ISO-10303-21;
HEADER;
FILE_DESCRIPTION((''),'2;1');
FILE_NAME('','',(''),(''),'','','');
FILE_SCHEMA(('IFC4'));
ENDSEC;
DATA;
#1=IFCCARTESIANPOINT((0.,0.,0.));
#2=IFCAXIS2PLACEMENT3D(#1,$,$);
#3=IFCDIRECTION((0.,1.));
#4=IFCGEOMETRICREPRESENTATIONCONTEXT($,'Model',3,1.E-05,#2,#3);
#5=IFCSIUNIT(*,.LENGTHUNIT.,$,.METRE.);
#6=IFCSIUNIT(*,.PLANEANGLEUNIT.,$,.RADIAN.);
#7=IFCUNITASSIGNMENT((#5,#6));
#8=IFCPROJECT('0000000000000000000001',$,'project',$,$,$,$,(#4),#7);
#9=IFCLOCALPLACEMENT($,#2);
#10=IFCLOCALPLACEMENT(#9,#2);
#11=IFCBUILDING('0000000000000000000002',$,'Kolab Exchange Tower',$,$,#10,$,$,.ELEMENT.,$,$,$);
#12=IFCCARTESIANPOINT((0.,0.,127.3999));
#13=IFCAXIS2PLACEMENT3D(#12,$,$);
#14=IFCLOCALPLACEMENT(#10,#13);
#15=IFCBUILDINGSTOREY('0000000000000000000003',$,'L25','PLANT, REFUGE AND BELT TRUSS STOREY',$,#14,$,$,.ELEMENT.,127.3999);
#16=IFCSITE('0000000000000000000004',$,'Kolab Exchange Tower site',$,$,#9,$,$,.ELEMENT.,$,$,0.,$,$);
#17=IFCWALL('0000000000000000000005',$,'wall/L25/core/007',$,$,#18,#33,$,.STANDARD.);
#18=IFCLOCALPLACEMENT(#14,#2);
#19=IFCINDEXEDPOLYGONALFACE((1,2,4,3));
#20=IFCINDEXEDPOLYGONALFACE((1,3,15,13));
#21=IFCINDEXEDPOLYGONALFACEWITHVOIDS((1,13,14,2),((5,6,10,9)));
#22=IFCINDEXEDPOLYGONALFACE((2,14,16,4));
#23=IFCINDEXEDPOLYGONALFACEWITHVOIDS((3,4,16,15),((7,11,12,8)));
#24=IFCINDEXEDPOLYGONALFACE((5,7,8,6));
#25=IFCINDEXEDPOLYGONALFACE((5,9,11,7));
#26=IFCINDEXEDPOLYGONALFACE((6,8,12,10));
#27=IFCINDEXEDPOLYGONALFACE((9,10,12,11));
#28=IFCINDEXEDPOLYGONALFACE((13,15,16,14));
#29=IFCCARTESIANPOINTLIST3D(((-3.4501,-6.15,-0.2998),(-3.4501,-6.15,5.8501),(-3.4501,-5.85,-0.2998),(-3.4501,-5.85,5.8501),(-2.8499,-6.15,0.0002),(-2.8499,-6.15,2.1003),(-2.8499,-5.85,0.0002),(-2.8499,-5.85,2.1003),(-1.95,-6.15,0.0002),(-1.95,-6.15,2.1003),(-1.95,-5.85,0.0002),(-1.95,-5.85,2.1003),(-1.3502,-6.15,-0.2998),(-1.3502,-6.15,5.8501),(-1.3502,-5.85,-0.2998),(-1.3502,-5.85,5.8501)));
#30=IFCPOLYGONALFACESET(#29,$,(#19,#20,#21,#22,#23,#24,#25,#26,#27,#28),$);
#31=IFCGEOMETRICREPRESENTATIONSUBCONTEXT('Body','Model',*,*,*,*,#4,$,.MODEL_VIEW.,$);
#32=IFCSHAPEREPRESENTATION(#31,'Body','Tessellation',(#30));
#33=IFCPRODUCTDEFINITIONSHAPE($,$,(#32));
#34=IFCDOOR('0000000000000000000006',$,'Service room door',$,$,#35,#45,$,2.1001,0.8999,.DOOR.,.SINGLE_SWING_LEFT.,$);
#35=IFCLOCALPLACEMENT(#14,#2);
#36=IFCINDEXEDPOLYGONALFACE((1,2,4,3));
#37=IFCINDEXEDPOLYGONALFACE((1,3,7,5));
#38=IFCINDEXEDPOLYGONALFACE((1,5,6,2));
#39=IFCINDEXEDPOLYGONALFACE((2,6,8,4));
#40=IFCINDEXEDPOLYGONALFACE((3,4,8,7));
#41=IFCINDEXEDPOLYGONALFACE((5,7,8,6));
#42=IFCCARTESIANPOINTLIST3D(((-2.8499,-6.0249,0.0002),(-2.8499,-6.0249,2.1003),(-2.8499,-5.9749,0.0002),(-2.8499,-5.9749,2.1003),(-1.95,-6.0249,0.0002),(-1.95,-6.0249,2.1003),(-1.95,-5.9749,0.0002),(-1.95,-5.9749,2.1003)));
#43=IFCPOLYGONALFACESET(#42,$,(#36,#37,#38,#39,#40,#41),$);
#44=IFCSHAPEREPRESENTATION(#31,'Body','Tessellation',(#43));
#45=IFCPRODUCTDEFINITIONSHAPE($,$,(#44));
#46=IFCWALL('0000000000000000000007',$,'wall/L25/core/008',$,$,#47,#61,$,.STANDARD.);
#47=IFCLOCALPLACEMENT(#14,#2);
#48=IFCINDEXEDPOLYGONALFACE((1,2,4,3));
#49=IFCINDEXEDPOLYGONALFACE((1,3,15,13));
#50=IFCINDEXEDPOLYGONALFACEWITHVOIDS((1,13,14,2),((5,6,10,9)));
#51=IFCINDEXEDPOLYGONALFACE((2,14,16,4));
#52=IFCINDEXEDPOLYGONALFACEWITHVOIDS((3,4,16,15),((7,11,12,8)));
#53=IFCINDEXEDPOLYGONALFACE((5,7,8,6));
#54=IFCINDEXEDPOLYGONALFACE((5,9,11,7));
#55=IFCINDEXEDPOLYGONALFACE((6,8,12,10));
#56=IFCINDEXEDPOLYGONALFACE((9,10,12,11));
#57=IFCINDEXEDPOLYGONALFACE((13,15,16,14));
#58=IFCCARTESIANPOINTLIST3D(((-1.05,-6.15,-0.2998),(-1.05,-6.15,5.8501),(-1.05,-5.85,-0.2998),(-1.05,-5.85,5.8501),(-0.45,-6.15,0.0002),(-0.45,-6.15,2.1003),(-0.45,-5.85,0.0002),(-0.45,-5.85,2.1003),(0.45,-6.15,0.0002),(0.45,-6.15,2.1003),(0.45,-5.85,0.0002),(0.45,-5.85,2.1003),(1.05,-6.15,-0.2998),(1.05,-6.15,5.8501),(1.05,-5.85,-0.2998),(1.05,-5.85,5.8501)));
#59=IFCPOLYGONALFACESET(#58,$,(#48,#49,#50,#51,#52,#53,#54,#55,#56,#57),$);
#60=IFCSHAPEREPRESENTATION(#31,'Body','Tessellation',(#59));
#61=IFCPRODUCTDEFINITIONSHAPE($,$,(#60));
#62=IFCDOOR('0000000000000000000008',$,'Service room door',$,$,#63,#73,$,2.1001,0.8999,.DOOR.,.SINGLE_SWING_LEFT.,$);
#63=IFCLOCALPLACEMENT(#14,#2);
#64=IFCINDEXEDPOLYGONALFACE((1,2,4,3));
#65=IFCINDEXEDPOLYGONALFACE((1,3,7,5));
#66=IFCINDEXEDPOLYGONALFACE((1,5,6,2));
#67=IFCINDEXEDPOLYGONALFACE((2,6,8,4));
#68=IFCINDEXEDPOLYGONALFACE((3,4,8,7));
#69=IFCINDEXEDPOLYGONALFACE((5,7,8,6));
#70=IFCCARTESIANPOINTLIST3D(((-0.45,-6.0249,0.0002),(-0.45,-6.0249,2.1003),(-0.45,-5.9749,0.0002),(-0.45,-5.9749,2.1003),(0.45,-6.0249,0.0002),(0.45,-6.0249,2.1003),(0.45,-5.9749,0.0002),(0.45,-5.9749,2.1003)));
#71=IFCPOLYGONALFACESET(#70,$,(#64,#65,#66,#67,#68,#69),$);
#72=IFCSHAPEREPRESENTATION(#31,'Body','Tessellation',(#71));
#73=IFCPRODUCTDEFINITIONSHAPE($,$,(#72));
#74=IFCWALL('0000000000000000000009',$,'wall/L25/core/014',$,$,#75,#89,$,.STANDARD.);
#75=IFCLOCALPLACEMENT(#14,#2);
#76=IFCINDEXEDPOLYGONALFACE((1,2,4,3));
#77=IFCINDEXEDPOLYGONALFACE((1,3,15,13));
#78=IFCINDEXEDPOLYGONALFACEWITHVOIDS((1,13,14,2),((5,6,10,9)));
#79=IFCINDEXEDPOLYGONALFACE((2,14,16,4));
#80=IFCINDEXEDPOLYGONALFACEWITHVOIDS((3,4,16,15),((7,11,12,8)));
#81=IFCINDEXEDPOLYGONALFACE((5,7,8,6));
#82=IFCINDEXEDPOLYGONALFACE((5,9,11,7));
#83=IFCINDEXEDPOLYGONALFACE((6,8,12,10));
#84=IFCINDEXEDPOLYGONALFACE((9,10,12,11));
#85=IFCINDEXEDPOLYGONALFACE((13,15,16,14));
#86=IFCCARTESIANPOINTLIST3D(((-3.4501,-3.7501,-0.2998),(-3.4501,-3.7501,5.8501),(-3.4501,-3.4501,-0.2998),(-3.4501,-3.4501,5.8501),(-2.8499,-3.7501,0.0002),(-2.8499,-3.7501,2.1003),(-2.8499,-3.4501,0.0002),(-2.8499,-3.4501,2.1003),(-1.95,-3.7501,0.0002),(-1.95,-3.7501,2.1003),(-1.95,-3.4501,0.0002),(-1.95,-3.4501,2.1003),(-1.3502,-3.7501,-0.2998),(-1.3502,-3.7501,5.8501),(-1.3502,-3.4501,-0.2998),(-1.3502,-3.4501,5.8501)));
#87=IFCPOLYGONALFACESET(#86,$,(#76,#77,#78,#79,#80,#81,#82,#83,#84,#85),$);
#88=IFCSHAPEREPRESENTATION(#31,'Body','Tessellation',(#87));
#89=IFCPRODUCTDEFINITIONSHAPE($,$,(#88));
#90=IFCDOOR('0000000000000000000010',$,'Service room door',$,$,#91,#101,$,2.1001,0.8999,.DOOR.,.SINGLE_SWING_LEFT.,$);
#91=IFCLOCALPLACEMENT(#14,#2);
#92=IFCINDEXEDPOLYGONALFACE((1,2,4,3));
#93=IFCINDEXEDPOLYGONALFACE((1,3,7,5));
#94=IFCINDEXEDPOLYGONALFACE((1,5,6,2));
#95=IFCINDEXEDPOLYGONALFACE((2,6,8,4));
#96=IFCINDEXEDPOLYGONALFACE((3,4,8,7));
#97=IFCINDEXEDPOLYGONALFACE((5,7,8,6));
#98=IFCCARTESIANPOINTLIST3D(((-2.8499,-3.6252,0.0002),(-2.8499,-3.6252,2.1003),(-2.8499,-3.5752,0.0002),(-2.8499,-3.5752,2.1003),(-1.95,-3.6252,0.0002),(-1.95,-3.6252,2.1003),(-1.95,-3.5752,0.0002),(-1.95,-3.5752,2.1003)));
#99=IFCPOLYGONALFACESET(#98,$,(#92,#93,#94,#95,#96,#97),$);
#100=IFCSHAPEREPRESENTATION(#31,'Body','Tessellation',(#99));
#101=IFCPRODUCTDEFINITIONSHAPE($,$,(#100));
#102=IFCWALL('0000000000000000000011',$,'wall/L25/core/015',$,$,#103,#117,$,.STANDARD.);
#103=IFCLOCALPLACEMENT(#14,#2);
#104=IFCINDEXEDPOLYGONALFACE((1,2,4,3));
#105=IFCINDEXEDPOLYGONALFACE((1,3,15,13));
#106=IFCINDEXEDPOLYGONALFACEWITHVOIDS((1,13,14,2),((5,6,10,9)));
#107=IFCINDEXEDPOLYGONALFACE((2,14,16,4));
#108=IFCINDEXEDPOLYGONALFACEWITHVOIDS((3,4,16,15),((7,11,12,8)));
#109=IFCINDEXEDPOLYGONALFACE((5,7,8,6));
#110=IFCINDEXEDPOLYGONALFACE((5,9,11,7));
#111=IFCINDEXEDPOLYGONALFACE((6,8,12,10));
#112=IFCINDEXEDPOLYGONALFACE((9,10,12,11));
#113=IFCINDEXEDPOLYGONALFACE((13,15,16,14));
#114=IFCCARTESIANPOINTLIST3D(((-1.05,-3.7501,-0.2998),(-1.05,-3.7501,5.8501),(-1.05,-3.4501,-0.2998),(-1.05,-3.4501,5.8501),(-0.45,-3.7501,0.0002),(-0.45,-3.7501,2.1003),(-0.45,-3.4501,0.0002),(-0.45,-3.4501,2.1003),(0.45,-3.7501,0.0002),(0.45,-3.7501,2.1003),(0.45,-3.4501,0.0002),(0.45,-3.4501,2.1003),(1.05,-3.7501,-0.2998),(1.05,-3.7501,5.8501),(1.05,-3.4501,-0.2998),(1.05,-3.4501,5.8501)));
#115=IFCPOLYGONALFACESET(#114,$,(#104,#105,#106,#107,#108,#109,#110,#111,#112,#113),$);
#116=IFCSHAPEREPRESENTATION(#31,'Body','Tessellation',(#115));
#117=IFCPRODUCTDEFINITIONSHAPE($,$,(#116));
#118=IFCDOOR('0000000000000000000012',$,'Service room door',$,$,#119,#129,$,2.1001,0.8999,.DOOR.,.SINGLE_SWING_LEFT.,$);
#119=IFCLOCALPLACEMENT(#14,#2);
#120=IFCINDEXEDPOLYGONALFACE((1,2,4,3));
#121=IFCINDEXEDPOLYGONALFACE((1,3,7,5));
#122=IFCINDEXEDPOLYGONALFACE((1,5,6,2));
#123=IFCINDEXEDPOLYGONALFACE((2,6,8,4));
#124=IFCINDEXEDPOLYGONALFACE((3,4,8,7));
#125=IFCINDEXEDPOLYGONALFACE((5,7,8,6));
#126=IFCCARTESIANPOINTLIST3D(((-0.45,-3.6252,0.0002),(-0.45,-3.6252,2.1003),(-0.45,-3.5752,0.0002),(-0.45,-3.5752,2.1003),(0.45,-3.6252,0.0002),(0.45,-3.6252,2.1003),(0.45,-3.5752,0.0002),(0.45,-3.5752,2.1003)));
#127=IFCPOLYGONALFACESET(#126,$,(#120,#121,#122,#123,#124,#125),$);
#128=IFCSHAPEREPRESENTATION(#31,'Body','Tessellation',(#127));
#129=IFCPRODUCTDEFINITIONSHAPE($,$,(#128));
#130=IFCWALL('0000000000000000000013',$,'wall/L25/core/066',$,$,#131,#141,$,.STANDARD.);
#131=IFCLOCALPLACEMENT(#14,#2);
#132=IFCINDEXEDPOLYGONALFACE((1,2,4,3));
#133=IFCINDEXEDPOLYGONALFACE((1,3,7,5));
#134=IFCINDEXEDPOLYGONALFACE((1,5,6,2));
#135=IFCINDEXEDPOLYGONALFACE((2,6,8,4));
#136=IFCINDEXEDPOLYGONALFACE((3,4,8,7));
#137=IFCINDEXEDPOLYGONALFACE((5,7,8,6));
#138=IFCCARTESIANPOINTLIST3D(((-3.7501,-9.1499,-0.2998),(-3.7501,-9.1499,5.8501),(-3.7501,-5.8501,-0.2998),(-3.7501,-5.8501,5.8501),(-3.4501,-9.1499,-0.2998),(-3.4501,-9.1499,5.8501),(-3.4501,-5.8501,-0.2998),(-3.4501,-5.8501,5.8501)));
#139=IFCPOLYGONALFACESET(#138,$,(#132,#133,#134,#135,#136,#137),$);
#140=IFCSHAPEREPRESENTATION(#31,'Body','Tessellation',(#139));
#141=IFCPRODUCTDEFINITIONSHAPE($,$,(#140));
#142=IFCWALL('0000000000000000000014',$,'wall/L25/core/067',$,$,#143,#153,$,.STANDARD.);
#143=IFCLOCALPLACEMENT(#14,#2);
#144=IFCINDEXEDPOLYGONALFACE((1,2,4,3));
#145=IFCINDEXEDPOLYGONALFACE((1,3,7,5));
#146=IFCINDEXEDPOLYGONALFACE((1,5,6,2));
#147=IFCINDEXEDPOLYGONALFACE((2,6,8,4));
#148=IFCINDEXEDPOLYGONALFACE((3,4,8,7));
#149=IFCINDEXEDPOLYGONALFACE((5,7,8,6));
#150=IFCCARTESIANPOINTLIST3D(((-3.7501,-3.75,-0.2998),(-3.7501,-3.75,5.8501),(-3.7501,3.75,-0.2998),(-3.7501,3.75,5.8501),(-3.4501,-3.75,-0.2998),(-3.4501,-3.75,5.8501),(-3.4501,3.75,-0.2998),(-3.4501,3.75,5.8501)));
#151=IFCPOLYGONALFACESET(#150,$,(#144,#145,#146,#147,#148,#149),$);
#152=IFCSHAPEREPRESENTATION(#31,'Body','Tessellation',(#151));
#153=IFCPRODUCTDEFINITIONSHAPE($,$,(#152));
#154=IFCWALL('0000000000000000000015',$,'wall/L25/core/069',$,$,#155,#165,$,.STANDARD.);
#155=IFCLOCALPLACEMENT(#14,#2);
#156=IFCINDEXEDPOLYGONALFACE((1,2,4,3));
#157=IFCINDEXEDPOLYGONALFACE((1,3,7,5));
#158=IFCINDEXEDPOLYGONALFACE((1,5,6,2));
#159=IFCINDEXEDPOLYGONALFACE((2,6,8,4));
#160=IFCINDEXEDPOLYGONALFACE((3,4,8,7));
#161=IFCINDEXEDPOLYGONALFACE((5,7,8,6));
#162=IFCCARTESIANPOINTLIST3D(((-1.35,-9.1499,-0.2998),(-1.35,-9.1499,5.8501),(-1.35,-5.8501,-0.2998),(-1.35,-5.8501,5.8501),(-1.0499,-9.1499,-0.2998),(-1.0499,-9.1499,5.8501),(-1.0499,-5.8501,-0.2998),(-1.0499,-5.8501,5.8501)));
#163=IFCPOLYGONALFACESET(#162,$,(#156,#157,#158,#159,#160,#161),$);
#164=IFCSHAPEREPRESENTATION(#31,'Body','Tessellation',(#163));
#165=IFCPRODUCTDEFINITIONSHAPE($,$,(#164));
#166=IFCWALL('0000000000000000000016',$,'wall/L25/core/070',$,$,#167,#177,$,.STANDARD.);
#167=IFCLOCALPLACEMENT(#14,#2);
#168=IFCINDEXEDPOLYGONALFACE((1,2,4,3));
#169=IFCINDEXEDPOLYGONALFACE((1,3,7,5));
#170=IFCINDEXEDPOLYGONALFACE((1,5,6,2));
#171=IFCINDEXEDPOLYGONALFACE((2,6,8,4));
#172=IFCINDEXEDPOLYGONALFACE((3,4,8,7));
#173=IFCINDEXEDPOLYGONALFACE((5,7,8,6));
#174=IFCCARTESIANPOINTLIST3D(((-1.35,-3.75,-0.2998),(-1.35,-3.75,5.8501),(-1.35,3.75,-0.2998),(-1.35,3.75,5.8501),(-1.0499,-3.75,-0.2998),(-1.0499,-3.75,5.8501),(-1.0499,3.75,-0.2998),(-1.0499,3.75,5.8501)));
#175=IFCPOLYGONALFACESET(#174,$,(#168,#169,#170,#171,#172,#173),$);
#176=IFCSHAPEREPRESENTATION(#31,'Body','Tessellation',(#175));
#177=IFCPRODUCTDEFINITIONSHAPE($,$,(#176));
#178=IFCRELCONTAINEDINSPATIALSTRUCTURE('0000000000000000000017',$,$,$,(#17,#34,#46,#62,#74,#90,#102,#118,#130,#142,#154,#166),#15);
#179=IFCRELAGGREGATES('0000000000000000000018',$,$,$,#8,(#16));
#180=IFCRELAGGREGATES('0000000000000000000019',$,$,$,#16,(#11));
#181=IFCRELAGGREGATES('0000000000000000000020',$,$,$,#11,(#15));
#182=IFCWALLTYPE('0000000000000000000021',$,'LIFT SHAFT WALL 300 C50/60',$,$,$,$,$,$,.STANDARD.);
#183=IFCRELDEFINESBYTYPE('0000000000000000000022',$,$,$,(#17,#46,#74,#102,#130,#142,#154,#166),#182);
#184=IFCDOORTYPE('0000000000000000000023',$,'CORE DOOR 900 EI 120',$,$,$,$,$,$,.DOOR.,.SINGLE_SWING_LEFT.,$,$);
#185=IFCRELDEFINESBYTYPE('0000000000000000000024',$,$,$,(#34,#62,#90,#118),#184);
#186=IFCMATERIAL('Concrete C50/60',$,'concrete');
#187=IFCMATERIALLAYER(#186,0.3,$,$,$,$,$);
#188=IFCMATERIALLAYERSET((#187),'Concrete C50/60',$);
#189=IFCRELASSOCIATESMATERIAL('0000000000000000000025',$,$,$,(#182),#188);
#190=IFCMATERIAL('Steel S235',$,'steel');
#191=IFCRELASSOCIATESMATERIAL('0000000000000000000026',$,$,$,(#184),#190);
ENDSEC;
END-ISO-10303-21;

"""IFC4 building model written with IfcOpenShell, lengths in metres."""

from ifc_helpers import new_model, si_unit, direction, frame, frame_2d, origin, place, context, subcontext, project, spatial, rectangle, extrude, material, layer, layer_set, type_object, element, fill, save


model = new_model("IFC4")

# Units and contexts
model_context = context("Model", 3, precision=1e-05, world=origin(), true_north=direction((0.0, 1.0)))
body_context = subcontext(model_context, "Body", "Model", "MODEL_VIEW")
ifc_project = project(units=[si_unit("LENGTHUNIT", "METRE"), si_unit("PLANEANGLEUNIT", "RADIAN")], contexts=[model_context])

# Site, building, storey
site_placement = place(None, origin())
site = spatial("IfcSite", under=ifc_project, at=site_placement, Name="Kolab Exchange Tower site", CompositionType="ELEMENT", RefElevation=0.0)
building_placement = place(site_placement, origin())
building = spatial("IfcBuilding", under=site, at=building_placement, Name="Kolab Exchange Tower", CompositionType="ELEMENT")
storey_placement = place(building_placement, frame((0.0, 0.0, 127.3999)))
storey = spatial("IfcBuildingStorey", under=building, at=storey_placement, Name="L25", Description="PLANT, REFUGE AND BELT TRUSS STOREY", CompositionType="ELEMENT", Elevation=127.3999)

# Walls, openings, doors
ifc_material_1 = material(Name="Concrete C50/60", Category="concrete")
ifc_layer_1 = layer(ifc_material_1, 0.3)
ifc_layer_set_1 = layer_set([ifc_layer_1], Name="Concrete C50/60")
wall_type_1 = type_object("IfcWallType", Name="LIFT SHAFT WALL 300 C50/60", PredefinedType="STANDARD", material=ifc_layer_set_1)
wall_1_placement = place(storey_placement, frame((-3.45, -6.0, -0.2998), z_axis=(0.0, 0.0, 1.0), x_axis=(1.0, 0.0, 0.0)))
wall_1 = element("IfcWall", 1, at=wall_1_placement, inside=storey, type_object=wall_type_1, Name="wall/L25/core/007", PredefinedType="STANDARD", context=body_context, shape_type="SweptSolid", body=[
    extrude(rectangle(XDim=2.0999, YDim=0.3, at=frame_2d((1.0498, 0.0))), origin(), (0.0, 0.0, 1.0), 6.1499),
])
opening_1_placement = place(wall_1_placement, frame((0.6001, 0.0, 0.3)))
opening_1 = element("IfcOpeningElement", 2, at=opening_1_placement, cuts=wall_1, PredefinedType="OPENING", context=body_context, shape_type="SweptSolid", body=[
    extrude(rectangle(XDim=0.8999, YDim=2.1001, at=frame_2d((0.45, 1.05))), frame((0.0, 0.1602, 0.0), z_axis=(0.0, -1.0, 0.0), x_axis=(1.0, 0.0, 0.0)), (0.0, 0.0, 1.0), 0.3201),
])
ifc_material_2 = material(Name="Steel S235", Category="steel")
door_type_1 = type_object("IfcDoorType", Name="CORE DOOR 900 EI 120", OperationType="SINGLE_SWING_LEFT", PredefinedType="DOOR", material=ifc_material_2)
door_1_placement = place(opening_1_placement, frame((0.8999, 0.0, 0.0), z_axis=(0.0, 0.0, 1.0), x_axis=(-1.0, 0.0, 0.0)))
door_1 = element("IfcDoor", 3, at=door_1_placement, inside=storey, type_object=door_type_1, Name="Service room door", OperationType="SINGLE_SWING_LEFT", OverallHeight=2.1001, OverallWidth=0.8999, PredefinedType="DOOR", context=body_context, shape_type="SweptSolid", body=[
    extrude(rectangle(XDim=0.8999, YDim=2.1001, at=frame_2d((0.45, 1.05))), frame((0.0, 0.0249, 0.0), z_axis=(0.0, -1.0, 0.0), x_axis=(1.0, 0.0, 0.0)), (0.0, 0.0, 1.0), 0.05),
])
fill(opening_1, door_1)
wall_2_placement = place(storey_placement, frame((-1.05, -6.0, -0.2998), z_axis=(0.0, 0.0, 1.0), x_axis=(1.0, 0.0, 0.0)))
wall_2 = element("IfcWall", 4, at=wall_2_placement, inside=storey, type_object=wall_type_1, Name="wall/L25/core/008", PredefinedType="STANDARD", context=body_context, shape_type="SweptSolid", body=[
    extrude(rectangle(XDim=2.1001, YDim=0.3, at=frame_2d((1.05, 0.0))), origin(), (0.0, 0.0, 1.0), 6.1499),
])
opening_2_placement = place(wall_2_placement, frame((0.6001, 0.0, 0.3)))
opening_2 = element("IfcOpeningElement", 5, at=opening_2_placement, cuts=wall_2, PredefinedType="OPENING", context=body_context, shape_type="SweptSolid", body=[
    extrude(rectangle(XDim=0.8999, YDim=2.1001, at=frame_2d((0.45, 1.05))), frame((0.0, 0.1602, 0.0), z_axis=(0.0, -1.0, 0.0), x_axis=(1.0, 0.0, 0.0)), (0.0, 0.0, 1.0), 0.3201),
])
door_2_placement = place(opening_2_placement, frame((0.8999, 0.0, 0.0), z_axis=(0.0, 0.0, 1.0), x_axis=(-1.0, 0.0, 0.0)))
door_2 = element("IfcDoor", 6, at=door_2_placement, inside=storey, type_object=door_type_1, Name="Service room door", OperationType="SINGLE_SWING_LEFT", OverallHeight=2.1001, OverallWidth=0.8999, PredefinedType="DOOR", context=body_context, shape_type="SweptSolid", body=[
    extrude(rectangle(XDim=0.8999, YDim=2.1001, at=frame_2d((0.45, 1.05))), frame((0.0, 0.0249, 0.0), z_axis=(0.0, -1.0, 0.0), x_axis=(1.0, 0.0, 0.0)), (0.0, 0.0, 1.0), 0.05),
])
fill(opening_2, door_2)
wall_3_placement = place(storey_placement, frame((-3.45, -3.6001, -0.2998), z_axis=(0.0, 0.0, 1.0), x_axis=(1.0, 0.0, 0.0)))
wall_3 = element("IfcWall", 7, at=wall_3_placement, inside=storey, type_object=wall_type_1, Name="wall/L25/core/014", PredefinedType="STANDARD", context=body_context, shape_type="SweptSolid", body=[
    extrude(rectangle(XDim=2.0999, YDim=0.3, at=frame_2d((1.0498, 0.0))), origin(), (0.0, 0.0, 1.0), 6.1499),
])
opening_3_placement = place(wall_3_placement, frame((0.6001, 0.0, 0.3)))
opening_3 = element("IfcOpeningElement", 8, at=opening_3_placement, cuts=wall_3, PredefinedType="OPENING", context=body_context, shape_type="SweptSolid", body=[
    extrude(rectangle(XDim=0.8999, YDim=2.1001, at=frame_2d((0.45, 1.05))), frame((0.0, 0.1602, 0.0), z_axis=(0.0, -1.0, 0.0), x_axis=(1.0, 0.0, 0.0)), (0.0, 0.0, 1.0), 0.3201),
])
door_3_placement = place(opening_3_placement, origin())
door_3 = element("IfcDoor", 9, at=door_3_placement, inside=storey, type_object=door_type_1, Name="Service room door", OperationType="SINGLE_SWING_LEFT", OverallHeight=2.1001, OverallWidth=0.8999, PredefinedType="DOOR", context=body_context, shape_type="SweptSolid", body=[
    extrude(rectangle(XDim=0.8999, YDim=2.1001, at=frame_2d((0.45, 1.05))), frame((0.0, 0.0249, 0.0), z_axis=(0.0, -1.0, 0.0), x_axis=(1.0, 0.0, 0.0)), (0.0, 0.0, 1.0), 0.05),
])
fill(opening_3, door_3)
wall_4_placement = place(storey_placement, frame((-1.05, -3.6001, -0.2998), z_axis=(0.0, 0.0, 1.0), x_axis=(1.0, 0.0, 0.0)))
wall_4 = element("IfcWall", 10, at=wall_4_placement, inside=storey, type_object=wall_type_1, Name="wall/L25/core/015", PredefinedType="STANDARD", context=body_context, shape_type="SweptSolid", body=[
    extrude(rectangle(XDim=2.1001, YDim=0.3, at=frame_2d((1.05, 0.0))), origin(), (0.0, 0.0, 1.0), 6.1499),
])
opening_4_placement = place(wall_4_placement, frame((0.6001, 0.0, 0.3)))
opening_4 = element("IfcOpeningElement", 11, at=opening_4_placement, cuts=wall_4, PredefinedType="OPENING", context=body_context, shape_type="SweptSolid", body=[
    extrude(rectangle(XDim=0.8999, YDim=2.1001, at=frame_2d((0.45, 1.05))), frame((0.0, 0.1602, 0.0), z_axis=(0.0, -1.0, 0.0), x_axis=(1.0, 0.0, 0.0)), (0.0, 0.0, 1.0), 0.3201),
])
door_4_placement = place(opening_4_placement, origin())
door_4 = element("IfcDoor", 12, at=door_4_placement, inside=storey, type_object=door_type_1, Name="Service room door", OperationType="SINGLE_SWING_LEFT", OverallHeight=2.1001, OverallWidth=0.8999, PredefinedType="DOOR", context=body_context, shape_type="SweptSolid", body=[
    extrude(rectangle(XDim=0.8999, YDim=2.1001, at=frame_2d((0.45, 1.05))), frame((0.0, 0.0249, 0.0), z_axis=(0.0, -1.0, 0.0), x_axis=(1.0, 0.0, 0.0)), (0.0, 0.0, 1.0), 0.05),
])
fill(opening_4, door_4)

# Walls
wall_5_placement = place(storey_placement, frame((-3.6001, -9.1499, -0.2998), z_axis=(0.0, 0.0, 1.0), x_axis=(0.0, 1.0, 0.0)))
element("IfcWall", 13, at=wall_5_placement, inside=storey, type_object=wall_type_1, Name="wall/L25/core/066", PredefinedType="STANDARD", context=body_context, shape_type="SweptSolid", body=[
    extrude(rectangle(XDim=3.2998, YDim=0.3, at=frame_2d((1.6499, 0.0))), origin(), (0.0, 0.0, 1.0), 6.1499),
])
wall_6_placement = place(storey_placement, frame((-3.6001, -3.75, -0.2998), z_axis=(0.0, 0.0, 1.0), x_axis=(0.0, 1.0, 0.0)))
element("IfcWall", 14, at=wall_6_placement, inside=storey, type_object=wall_type_1, Name="wall/L25/core/067", PredefinedType="STANDARD", context=body_context, shape_type="SweptSolid", body=[
    extrude(rectangle(XDim=7.5, YDim=0.3, at=frame_2d((3.75, 0.0))), origin(), (0.0, 0.0, 1.0), 6.1499),
])
wall_7_placement = place(storey_placement, frame((-1.2, -9.1499, -0.2998), z_axis=(0.0, 0.0, 1.0), x_axis=(0.0, 1.0, 0.0)))
element("IfcWall", 15, at=wall_7_placement, inside=storey, type_object=wall_type_1, Name="wall/L25/core/069", PredefinedType="STANDARD", context=body_context, shape_type="SweptSolid", body=[
    extrude(rectangle(XDim=3.2998, YDim=0.3, at=frame_2d((1.6499, 0.0))), origin(), (0.0, 0.0, 1.0), 6.1499),
])
wall_8_placement = place(storey_placement, frame((-1.2, -3.75, -0.2998), z_axis=(0.0, 0.0, 1.0), x_axis=(0.0, 1.0, 0.0)))
element("IfcWall", 16, at=wall_8_placement, inside=storey, type_object=wall_type_1, Name="wall/L25/core/070", PredefinedType="STANDARD", context=body_context, shape_type="SweptSolid", body=[
    extrude(rectangle(XDim=7.5, YDim=0.3, at=frame_2d((3.75, 0.0))), origin(), (0.0, 0.0, 1.0), 6.1499),
])

save(model, "model.ifc")
